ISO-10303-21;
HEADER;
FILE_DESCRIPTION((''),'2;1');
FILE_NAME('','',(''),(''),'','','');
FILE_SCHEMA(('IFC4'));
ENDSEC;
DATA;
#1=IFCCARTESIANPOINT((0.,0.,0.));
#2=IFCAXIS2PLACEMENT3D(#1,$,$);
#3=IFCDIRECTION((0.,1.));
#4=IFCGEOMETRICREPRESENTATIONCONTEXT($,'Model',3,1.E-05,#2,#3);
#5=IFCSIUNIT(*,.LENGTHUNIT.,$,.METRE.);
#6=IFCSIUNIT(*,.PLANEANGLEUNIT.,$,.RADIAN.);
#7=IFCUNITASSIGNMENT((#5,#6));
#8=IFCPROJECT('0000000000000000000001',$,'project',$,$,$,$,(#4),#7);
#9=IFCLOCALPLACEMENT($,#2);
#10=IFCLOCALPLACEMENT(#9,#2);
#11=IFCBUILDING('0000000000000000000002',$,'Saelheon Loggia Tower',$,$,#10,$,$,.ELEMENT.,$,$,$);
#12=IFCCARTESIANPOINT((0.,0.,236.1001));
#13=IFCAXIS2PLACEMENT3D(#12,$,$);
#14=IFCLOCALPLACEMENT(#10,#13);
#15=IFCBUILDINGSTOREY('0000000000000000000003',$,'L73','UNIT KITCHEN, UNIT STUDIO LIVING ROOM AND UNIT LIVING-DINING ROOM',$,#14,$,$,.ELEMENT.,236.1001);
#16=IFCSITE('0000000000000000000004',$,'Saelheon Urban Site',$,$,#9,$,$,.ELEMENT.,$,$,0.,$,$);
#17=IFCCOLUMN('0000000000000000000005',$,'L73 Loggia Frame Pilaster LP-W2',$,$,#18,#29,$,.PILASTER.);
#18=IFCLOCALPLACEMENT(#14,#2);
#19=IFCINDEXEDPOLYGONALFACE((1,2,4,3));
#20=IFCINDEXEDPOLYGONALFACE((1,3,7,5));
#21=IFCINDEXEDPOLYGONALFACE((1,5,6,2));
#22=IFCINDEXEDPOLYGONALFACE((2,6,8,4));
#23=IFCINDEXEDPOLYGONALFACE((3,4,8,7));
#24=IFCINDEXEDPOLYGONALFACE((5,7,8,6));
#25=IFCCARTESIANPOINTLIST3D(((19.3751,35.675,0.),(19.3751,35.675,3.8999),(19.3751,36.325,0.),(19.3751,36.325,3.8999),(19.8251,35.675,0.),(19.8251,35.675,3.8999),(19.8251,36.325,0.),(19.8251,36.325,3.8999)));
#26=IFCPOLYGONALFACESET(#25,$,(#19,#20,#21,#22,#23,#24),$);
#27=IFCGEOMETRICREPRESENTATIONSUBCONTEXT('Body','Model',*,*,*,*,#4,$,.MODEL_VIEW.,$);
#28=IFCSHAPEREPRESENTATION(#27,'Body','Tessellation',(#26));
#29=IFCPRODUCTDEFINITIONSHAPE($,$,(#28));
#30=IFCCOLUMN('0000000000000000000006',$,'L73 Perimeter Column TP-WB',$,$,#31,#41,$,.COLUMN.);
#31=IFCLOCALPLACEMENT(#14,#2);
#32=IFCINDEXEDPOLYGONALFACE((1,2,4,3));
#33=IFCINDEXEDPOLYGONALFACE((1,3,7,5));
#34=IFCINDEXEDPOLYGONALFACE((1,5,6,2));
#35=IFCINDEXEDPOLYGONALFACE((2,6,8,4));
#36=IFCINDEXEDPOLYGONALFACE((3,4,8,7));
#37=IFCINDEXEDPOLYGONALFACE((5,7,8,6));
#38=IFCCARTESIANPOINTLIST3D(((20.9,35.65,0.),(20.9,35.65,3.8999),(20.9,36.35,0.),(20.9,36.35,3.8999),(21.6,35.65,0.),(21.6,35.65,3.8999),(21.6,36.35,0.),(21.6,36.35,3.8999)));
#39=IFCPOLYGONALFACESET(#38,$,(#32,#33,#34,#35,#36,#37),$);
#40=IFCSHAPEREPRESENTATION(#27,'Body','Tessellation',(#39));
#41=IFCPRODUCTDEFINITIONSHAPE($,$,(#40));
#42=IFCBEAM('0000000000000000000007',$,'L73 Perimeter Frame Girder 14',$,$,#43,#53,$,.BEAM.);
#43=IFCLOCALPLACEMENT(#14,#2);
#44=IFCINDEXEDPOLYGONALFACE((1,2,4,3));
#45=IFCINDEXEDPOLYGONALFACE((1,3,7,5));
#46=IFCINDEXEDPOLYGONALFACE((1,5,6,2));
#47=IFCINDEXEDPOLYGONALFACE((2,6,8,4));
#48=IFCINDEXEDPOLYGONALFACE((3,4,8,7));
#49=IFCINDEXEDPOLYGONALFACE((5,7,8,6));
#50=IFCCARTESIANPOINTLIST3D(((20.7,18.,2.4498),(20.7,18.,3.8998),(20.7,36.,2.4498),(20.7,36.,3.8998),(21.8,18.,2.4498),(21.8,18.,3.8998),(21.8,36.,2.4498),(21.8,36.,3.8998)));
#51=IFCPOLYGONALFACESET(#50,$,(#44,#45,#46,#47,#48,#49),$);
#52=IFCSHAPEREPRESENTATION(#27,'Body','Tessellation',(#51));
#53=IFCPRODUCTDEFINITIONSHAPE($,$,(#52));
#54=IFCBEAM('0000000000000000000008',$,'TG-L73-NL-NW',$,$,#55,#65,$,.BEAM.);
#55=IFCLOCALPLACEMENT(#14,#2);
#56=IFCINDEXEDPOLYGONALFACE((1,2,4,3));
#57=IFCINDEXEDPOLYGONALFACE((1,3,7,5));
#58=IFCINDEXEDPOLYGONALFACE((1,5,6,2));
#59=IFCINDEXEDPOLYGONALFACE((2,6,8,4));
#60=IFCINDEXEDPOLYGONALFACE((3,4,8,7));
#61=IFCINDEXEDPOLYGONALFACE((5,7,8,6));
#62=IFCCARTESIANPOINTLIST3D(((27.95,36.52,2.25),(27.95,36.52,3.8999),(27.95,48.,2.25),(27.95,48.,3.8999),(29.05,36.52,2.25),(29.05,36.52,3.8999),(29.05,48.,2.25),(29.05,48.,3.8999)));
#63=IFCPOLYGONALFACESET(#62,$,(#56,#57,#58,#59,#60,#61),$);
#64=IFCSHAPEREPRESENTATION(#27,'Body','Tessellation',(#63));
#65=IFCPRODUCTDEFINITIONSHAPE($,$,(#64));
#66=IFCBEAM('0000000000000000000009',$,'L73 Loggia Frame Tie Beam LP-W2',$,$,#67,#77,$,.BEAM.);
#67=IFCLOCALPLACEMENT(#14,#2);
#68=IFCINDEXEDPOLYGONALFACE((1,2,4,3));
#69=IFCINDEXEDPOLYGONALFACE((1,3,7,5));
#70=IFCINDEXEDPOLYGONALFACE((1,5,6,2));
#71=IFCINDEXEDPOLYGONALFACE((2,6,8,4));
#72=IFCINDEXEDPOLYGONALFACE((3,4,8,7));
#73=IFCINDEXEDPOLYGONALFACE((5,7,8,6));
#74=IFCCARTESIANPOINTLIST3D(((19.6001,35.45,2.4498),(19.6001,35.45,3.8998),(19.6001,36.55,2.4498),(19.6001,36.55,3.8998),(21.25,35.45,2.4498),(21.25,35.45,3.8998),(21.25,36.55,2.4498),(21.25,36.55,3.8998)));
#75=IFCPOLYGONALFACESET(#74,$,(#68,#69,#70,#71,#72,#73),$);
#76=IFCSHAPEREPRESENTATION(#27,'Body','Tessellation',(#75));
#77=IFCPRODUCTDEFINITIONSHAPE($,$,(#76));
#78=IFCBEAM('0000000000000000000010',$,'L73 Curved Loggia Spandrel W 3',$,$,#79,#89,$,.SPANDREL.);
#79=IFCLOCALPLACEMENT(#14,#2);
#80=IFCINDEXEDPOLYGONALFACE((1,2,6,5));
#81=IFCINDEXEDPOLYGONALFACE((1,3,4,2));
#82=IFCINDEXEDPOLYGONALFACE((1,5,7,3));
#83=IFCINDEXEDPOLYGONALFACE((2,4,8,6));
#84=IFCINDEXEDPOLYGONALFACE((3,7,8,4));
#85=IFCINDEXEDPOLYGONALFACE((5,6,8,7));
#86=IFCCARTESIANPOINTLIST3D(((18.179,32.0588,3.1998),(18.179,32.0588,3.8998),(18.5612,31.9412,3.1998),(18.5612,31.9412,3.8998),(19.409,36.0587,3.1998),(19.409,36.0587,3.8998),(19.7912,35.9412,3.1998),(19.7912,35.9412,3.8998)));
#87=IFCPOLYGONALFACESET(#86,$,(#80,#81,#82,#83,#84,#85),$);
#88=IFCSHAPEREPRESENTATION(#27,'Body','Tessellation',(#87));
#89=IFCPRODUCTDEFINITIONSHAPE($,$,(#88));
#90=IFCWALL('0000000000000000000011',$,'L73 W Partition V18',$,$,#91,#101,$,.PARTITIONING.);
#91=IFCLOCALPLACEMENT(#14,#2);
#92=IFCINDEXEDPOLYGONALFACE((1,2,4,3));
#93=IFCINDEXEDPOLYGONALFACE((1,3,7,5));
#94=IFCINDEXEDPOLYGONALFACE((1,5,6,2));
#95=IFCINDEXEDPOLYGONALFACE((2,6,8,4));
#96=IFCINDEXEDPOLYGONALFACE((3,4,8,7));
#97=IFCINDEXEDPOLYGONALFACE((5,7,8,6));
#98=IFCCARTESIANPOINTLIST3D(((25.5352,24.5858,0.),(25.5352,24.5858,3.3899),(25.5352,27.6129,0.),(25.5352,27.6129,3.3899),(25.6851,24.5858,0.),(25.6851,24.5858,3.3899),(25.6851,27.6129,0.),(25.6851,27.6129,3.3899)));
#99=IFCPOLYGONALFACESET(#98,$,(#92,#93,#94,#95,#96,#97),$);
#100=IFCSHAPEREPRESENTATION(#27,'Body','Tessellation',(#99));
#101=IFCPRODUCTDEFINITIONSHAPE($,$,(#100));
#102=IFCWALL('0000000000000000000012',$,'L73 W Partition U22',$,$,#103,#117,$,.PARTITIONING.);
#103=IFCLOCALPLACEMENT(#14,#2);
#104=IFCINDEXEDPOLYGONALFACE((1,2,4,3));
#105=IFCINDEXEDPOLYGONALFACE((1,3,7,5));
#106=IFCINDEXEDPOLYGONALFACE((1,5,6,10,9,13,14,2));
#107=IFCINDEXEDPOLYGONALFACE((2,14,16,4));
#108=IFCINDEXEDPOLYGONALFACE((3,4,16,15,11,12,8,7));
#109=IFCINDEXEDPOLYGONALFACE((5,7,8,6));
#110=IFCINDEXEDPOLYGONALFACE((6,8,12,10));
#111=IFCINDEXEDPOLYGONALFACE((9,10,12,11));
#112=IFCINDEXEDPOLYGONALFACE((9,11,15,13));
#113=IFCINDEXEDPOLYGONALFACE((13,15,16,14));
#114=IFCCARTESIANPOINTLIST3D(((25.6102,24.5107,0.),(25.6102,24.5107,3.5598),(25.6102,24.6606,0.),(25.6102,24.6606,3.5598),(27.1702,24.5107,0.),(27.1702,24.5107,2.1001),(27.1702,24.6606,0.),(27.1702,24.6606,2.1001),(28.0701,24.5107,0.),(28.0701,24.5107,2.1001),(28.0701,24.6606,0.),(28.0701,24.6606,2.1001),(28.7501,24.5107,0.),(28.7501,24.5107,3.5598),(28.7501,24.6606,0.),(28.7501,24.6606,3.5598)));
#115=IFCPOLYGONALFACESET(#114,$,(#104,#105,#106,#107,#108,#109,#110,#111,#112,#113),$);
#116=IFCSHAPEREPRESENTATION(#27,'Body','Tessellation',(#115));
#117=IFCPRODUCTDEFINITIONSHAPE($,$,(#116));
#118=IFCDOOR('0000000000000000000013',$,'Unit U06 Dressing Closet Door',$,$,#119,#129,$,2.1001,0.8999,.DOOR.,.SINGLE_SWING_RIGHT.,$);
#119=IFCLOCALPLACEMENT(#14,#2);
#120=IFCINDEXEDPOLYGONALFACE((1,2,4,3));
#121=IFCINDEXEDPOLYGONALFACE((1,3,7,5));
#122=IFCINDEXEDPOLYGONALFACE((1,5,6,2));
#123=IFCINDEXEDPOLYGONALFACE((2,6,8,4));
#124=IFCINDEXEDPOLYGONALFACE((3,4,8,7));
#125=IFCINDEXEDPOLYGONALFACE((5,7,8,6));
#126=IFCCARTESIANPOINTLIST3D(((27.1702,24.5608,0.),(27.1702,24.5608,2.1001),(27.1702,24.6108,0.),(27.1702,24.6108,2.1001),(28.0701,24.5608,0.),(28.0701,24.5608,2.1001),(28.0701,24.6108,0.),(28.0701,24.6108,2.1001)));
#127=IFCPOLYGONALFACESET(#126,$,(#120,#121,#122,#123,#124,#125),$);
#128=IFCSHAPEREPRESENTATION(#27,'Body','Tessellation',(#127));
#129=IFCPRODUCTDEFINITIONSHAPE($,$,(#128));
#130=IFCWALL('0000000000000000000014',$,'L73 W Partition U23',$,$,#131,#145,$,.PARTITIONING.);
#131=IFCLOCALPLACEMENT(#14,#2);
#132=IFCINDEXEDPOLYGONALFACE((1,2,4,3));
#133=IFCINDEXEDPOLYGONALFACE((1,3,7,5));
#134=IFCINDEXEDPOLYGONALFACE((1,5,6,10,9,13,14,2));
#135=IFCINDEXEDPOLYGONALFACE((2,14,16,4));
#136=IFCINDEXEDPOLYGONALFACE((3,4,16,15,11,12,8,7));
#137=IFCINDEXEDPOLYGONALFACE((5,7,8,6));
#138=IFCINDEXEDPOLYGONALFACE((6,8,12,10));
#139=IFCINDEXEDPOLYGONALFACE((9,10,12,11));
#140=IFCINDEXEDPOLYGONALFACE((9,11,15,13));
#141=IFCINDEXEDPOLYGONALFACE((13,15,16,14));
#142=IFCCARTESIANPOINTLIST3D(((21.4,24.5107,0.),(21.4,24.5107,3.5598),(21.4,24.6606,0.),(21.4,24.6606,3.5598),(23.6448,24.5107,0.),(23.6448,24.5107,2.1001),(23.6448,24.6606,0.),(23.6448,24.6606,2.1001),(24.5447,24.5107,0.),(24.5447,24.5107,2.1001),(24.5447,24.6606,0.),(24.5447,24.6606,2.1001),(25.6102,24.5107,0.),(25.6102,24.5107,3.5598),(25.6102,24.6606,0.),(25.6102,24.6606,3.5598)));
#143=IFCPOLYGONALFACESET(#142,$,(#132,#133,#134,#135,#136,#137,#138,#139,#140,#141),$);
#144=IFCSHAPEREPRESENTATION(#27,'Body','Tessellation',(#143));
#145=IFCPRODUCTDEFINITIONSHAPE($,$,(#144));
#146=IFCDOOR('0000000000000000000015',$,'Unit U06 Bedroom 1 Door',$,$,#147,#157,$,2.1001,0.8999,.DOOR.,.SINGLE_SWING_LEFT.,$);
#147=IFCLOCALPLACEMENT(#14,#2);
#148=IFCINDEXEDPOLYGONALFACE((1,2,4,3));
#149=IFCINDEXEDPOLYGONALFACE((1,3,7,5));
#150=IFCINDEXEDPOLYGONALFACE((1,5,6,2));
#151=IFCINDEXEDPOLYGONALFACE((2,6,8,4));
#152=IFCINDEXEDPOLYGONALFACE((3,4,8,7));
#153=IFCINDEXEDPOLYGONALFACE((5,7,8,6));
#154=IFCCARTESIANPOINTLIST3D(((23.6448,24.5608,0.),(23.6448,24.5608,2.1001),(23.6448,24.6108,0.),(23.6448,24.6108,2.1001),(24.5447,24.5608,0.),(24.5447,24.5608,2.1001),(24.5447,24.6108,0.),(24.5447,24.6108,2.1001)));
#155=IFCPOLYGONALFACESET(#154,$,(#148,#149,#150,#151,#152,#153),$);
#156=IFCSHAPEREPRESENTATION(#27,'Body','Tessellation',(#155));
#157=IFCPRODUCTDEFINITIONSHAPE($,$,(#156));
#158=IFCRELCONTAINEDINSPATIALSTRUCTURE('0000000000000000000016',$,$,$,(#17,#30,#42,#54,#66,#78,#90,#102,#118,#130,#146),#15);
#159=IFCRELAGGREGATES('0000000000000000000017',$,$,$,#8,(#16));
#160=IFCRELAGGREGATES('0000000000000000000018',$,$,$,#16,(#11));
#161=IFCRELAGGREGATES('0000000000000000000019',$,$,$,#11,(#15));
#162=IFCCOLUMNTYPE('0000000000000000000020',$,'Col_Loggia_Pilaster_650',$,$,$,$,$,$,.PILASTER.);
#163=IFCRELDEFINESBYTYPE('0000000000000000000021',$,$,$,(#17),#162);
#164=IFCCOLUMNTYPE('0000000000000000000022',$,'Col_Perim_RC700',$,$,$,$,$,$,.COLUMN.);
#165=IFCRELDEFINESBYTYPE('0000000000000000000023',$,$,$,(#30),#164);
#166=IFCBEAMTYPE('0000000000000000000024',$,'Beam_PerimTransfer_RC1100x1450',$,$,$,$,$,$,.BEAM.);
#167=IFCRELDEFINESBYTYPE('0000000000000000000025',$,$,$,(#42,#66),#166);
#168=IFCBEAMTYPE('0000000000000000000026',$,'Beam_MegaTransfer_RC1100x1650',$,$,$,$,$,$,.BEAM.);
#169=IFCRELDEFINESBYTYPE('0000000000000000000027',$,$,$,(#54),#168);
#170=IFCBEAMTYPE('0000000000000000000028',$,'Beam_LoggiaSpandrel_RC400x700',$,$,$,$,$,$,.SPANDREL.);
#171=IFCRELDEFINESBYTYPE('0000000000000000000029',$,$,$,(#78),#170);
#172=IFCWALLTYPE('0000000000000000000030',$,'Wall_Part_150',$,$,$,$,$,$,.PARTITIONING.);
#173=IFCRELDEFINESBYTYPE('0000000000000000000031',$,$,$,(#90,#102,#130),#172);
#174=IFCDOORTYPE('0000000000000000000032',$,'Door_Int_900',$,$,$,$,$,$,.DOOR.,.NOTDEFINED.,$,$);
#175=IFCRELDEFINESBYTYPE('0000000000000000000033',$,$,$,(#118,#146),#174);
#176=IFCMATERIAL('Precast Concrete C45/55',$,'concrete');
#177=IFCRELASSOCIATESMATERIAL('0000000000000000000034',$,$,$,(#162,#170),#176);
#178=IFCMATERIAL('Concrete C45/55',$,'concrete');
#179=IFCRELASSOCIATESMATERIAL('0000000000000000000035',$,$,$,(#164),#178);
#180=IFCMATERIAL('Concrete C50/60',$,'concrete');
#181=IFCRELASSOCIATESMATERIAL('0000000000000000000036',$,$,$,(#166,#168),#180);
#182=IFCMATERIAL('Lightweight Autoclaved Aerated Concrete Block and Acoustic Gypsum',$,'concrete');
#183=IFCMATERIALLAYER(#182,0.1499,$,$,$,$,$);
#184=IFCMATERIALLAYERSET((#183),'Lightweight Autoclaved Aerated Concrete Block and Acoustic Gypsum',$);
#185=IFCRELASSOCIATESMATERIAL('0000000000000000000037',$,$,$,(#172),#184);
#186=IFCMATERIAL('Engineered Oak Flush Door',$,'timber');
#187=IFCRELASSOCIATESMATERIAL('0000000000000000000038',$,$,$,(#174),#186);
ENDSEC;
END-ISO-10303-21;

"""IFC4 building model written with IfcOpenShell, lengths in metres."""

from ifc_helpers import new_model, si_unit, direction, frame, frame_2d, origin, origin_2d, place, context, subcontext, project, spatial, rectangle, extrude, source, transform, mapped, material, layer, layer_set, material_profile, profile_set, type_object, element, fill, save


model = new_model("IFC4")

# Units and contexts
model_context = context("Model", 3, precision=1e-05, world=origin(), true_north=direction((0.0, 1.0)))
body_context = subcontext(model_context, "Body", "Model", "MODEL_VIEW")
ifc_project = project(units=[si_unit("LENGTHUNIT", "METRE"), si_unit("PLANEANGLEUNIT", "RADIAN")], contexts=[model_context])

# Site, building, storey
site_placement = place(None, origin())
site = spatial("IfcSite", under=ifc_project, at=site_placement, Name="Saelheon Urban Site", CompositionType="ELEMENT", RefElevation=0.0)
building_placement = place(site_placement, origin())
building = spatial("IfcBuilding", under=site, at=building_placement, Name="Saelheon Loggia Tower", CompositionType="ELEMENT")
storey_placement = place(building_placement, frame((0.0, 0.0, 236.1001)))
storey = spatial("IfcBuildingStorey", under=building, at=storey_placement, Name="L73", Description="UNIT KITCHEN, UNIT STUDIO LIVING ROOM AND UNIT LIVING-DINING ROOM", CompositionType="ELEMENT", Elevation=236.1001)

# Columns
ifc_material_1 = material(Name="Precast Concrete C45/55", Category="concrete")
ifc_material_profile_1 = material_profile(ifc_material_1, rectangle(XDim=0.45, YDim=0.6499, at=origin_2d()), Name="RC-450x650")
ifc_profile_set_1 = profile_set([ifc_material_profile_1], Name="Precast Concrete C45/55")
column_type_1 = type_object("IfcColumnType", Name="Col_Loggia_Pilaster_650", PredefinedType="PILASTER", material=ifc_profile_set_1)
shared_shape_1 = source(origin(), body_context, "Body", "SweptSolid", [
    extrude(rectangle(XDim=0.45, YDim=0.6499, at=origin_2d()), origin(), (0.0, 0.0, 1.0), 3.8999),
])
column_1_placement = place(storey_placement, frame((19.6001, 36.0, 0.0), z_axis=(0.0, 0.0, 1.0), x_axis=(1.0, 0.0, 0.0)))
element("IfcColumn", 1, at=column_1_placement, inside=storey, type_object=column_type_1, Name="L73 Loggia Frame Pilaster LP-W2", PredefinedType="PILASTER", context=body_context, shape_type="MappedRepresentation", body=[
    mapped(shared_shape_1, transform((0.0, 0.0, 0.0), scale=1.0)),
])
ifc_material_2 = material(Name="Concrete C45/55", Category="concrete")
ifc_material_profile_2 = material_profile(ifc_material_2, rectangle(XDim=0.7, YDim=0.7, at=origin_2d()), Name="RC-700x700")
ifc_profile_set_2 = profile_set([ifc_material_profile_2], Name="Concrete C45/55")
column_type_2 = type_object("IfcColumnType", Name="Col_Perim_RC700", PredefinedType="COLUMN", material=ifc_profile_set_2)
shared_shape_2 = source(origin(), body_context, "Body", "SweptSolid", [
    extrude(rectangle(XDim=0.7, YDim=0.7, at=origin_2d()), origin(), (0.0, 0.0, 1.0), 3.8999),
])
column_2_placement = place(storey_placement, frame((21.25, 36.0, 0.0), z_axis=(0.0, 0.0, 1.0), x_axis=(1.0, 0.0, 0.0)))
element("IfcColumn", 2, at=column_2_placement, inside=storey, type_object=column_type_2, Name="L73 Perimeter Column TP-WB", PredefinedType="COLUMN", context=body_context, shape_type="MappedRepresentation", body=[
    mapped(shared_shape_2, transform((0.0, 0.0, 0.0), scale=1.0)),
])

# Beams
ifc_material_3 = material(Name="Concrete C50/60", Category="concrete")
ifc_material_profile_3 = material_profile(ifc_material_3, rectangle(XDim=1.1001, YDim=1.45, at=origin_2d()), Name="RC-1100x1450")
ifc_profile_set_3 = profile_set([ifc_material_profile_3], Name="Concrete C50/60")
beam_type_1 = type_object("IfcBeamType", Name="Beam_PerimTransfer_RC1100x1450", PredefinedType="BEAM", material=ifc_profile_set_3)
shared_shape_3 = source(origin(), body_context, "Body", "SweptSolid", [
    extrude(rectangle(XDim=1.1001, YDim=1.45, at=origin_2d()), origin(), (0.0, 0.0, 1.0), 18.0),
])
beam_1_placement = place(storey_placement, frame((21.25, 36.0, 3.1748), z_axis=(0.0, -1.0, 0.0), x_axis=(1.0, 0.0, 0.0)))
element("IfcBeam", 3, at=beam_1_placement, inside=storey, type_object=beam_type_1, Name="L73 Perimeter Frame Girder 14", PredefinedType="BEAM", context=body_context, shape_type="MappedRepresentation", body=[
    mapped(shared_shape_3, transform((0.0, 0.0, 0.0), scale=1.0)),
])
ifc_material_profile_4 = material_profile(ifc_material_3, rectangle(XDim=1.1001, YDim=1.6499, at=origin_2d()), Name="RC-1100x1650")
ifc_profile_set_4 = profile_set([ifc_material_profile_4], Name="Concrete C50/60")
beam_type_2 = type_object("IfcBeamType", Name="Beam_MegaTransfer_RC1100x1650", PredefinedType="BEAM", material=ifc_profile_set_4)
shared_shape_4 = source(origin(), body_context, "Body", "SweptSolid", [
    extrude(rectangle(XDim=1.1001, YDim=1.6499, at=origin_2d()), origin(), (0.0, 0.0, 1.0), 11.48),
])
beam_2_placement = place(storey_placement, frame((28.5, 36.52, 3.075), z_axis=(0.0, 1.0, 0.0), x_axis=(-1.0, 0.0, 0.0)))
element("IfcBeam", 4, at=beam_2_placement, inside=storey, type_object=beam_type_2, Name="TG-L73-NL-NW", PredefinedType="BEAM", context=body_context, shape_type="MappedRepresentation", body=[
    mapped(shared_shape_4, transform((0.0, 0.0, 0.0), scale=1.0)),
])
shared_shape_5 = source(origin(), body_context, "Body", "SweptSolid", [
    extrude(rectangle(XDim=1.1001, YDim=1.45, at=origin_2d()), origin(), (0.0, 0.0, 1.0), 1.6499),
])
beam_3_placement = place(storey_placement, frame((21.25, 36.0, 3.1748), z_axis=(-1.0, 0.0, 0.0), x_axis=(0.0, -1.0, 0.0)))
element("IfcBeam", 5, at=beam_3_placement, inside=storey, type_object=beam_type_1, Name="L73 Loggia Frame Tie Beam LP-W2", PredefinedType="BEAM", context=body_context, shape_type="MappedRepresentation", body=[
    mapped(shared_shape_5, transform((0.0, 0.0, 0.0), scale=1.0)),
])
ifc_material_profile_5 = material_profile(ifc_material_1, rectangle(XDim=0.3999, YDim=0.7, at=origin_2d()), Name="RC-400x700")
ifc_profile_set_5 = profile_set([ifc_material_profile_5], Name="Precast Concrete C45/55")
beam_type_3 = type_object("IfcBeamType", Name="Beam_LoggiaSpandrel_RC400x700", PredefinedType="SPANDREL", material=ifc_profile_set_5)
shared_shape_6 = source(origin(), body_context, "Body", "SweptSolid", [
    extrude(rectangle(XDim=0.3999, YDim=0.7, at=origin_2d()), origin(), (0.0, 0.0, 1.0), 4.1848),
])
beam_4_placement = place(storey_placement, frame((18.3701, 32.0, 3.5498), z_axis=(0.293914, 0.955832, 0.0), x_axis=(-0.955832, 0.293914, 0.0)))
element("IfcBeam", 6, at=beam_4_placement, inside=storey, type_object=beam_type_3, Name="L73 Curved Loggia Spandrel W 3", PredefinedType="SPANDREL", context=body_context, shape_type="MappedRepresentation", body=[
    mapped(shared_shape_6, transform((0.0, 0.0, 0.0), scale=1.0)),
])

# Wall
ifc_material_4 = material(Name="Lightweight Autoclaved Aerated Concrete Block and Acoustic Gypsum", Category="concrete")
ifc_layer_1 = layer(ifc_material_4, 0.1499)
ifc_layer_set_1 = layer_set([ifc_layer_1], Name="Lightweight Autoclaved Aerated Concrete Block and Acoustic Gypsum")
wall_type_1 = type_object("IfcWallType", Name="Wall_Part_150", PredefinedType="PARTITIONING", material=ifc_layer_set_1)
wall_1_placement = place(storey_placement, frame((25.6101, 24.5857, 0.0), z_axis=(0.0, 0.0, 1.0), x_axis=(0.0, 1.0, 0.0)))
element("IfcWall", 7, at=wall_1_placement, inside=storey, type_object=wall_type_1, Name="L73 W Partition V18", PredefinedType="PARTITIONING", context=body_context, shape_type="SweptSolid", body=[
    extrude(rectangle(XDim=3.0271, YDim=0.1499, at=frame_2d((1.5137, 0.0))), origin(), (0.0, 0.0, 1.0), 3.3899),
])

# Walls, openings, doors
wall_2_placement = place(storey_placement, frame((28.75, 24.5857, 0.0), z_axis=(0.0, 0.0, 1.0), x_axis=(-1.0, 0.0, 0.0)))
wall_2 = element("IfcWall", 8, at=wall_2_placement, inside=storey, type_object=wall_type_1, Name="L73 W Partition U22", PredefinedType="PARTITIONING", context=body_context, shape_type="SweptSolid", body=[
    extrude(rectangle(XDim=3.1399, YDim=0.1499, at=frame_2d((1.5698, 0.0))), origin(), (0.0, 0.0, 1.0), 3.5598),
])
opening_1_placement = place(wall_2_placement, frame((0.6799, 0.0, 0.0)))
opening_1 = element("IfcOpeningElement", 9, at=opening_1_placement, cuts=wall_2, PredefinedType="OPENING", context=body_context, shape_type="SweptSolid", body=[
    extrude(rectangle(XDim=0.8999, YDim=2.1001, at=frame_2d((0.45, 1.05))), frame((0.0, 0.0869, 0.0), z_axis=(0.0, -1.0, 0.0), x_axis=(1.0, 0.0, 0.0)), (0.0, 0.0, 1.0), 0.1738),
])
ifc_material_5 = material(Name="Engineered Oak Flush Door", Category="timber")
door_type_1 = type_object("IfcDoorType", Name="Door_Int_900", OperationType="NOTDEFINED", PredefinedType="DOOR", material=ifc_material_5)
shared_shape_7 = source(origin(), body_context, "Body", "SweptSolid", [
    extrude(rectangle(XDim=0.8999, YDim=2.1001, at=frame_2d((0.45, 1.05))), frame((0.0, 0.0249, 0.0), z_axis=(0.0, -1.0, 0.0), x_axis=(1.0, 0.0, 0.0)), (0.0, 0.0, 1.0), 0.05),
])
door_1_placement = place(opening_1_placement, origin())
door_1 = element("IfcDoor", 10, at=door_1_placement, inside=storey, type_object=door_type_1, Name="Unit U06 Dressing Closet Door", OperationType="SINGLE_SWING_RIGHT", OverallHeight=2.1001, OverallWidth=0.8999, PredefinedType="DOOR", context=body_context, shape_type="MappedRepresentation", body=[
    mapped(shared_shape_7, transform((0.0, 0.0, 0.0), scale=1.0)),
])
fill(opening_1, door_1)
wall_3_placement = place(storey_placement, frame((25.6101, 24.5857, 0.0), z_axis=(0.0, 0.0, 1.0), x_axis=(-1.0, 0.0, 0.0)))
wall_3 = element("IfcWall", 11, at=wall_3_placement, inside=storey, type_object=wall_type_1, Name="L73 W Partition U23", PredefinedType="PARTITIONING", context=body_context, shape_type="SweptSolid", body=[
    extrude(rectangle(XDim=4.2102, YDim=0.1499, at=frame_2d((2.105, 0.0))), origin(), (0.0, 0.0, 1.0), 3.5598),
])
opening_2_placement = place(wall_3_placement, frame((1.0654, 0.0, 0.0)))
opening_2 = element("IfcOpeningElement", 12, at=opening_2_placement, cuts=wall_3, PredefinedType="OPENING", context=body_context, shape_type="SweptSolid", body=[
    extrude(rectangle(XDim=0.8999, YDim=2.1001, at=frame_2d((0.45, 1.05))), frame((0.0, 0.0869, 0.0), z_axis=(0.0, -1.0, 0.0), x_axis=(1.0, 0.0, 0.0)), (0.0, 0.0, 1.0), 0.1738),
])
door_2_placement = place(opening_2_placement, origin())
door_2 = element("IfcDoor", 13, at=door_2_placement, inside=storey, type_object=door_type_1, Name="Unit U06 Bedroom 1 Door", OperationType="SINGLE_SWING_LEFT", OverallHeight=2.1001, OverallWidth=0.8999, PredefinedType="DOOR", context=body_context, shape_type="MappedRepresentation", body=[
    mapped(shared_shape_7, transform((0.0, 0.0, 0.0), scale=1.0)),
])
fill(opening_2, door_2)

save(model, "model.ifc")
